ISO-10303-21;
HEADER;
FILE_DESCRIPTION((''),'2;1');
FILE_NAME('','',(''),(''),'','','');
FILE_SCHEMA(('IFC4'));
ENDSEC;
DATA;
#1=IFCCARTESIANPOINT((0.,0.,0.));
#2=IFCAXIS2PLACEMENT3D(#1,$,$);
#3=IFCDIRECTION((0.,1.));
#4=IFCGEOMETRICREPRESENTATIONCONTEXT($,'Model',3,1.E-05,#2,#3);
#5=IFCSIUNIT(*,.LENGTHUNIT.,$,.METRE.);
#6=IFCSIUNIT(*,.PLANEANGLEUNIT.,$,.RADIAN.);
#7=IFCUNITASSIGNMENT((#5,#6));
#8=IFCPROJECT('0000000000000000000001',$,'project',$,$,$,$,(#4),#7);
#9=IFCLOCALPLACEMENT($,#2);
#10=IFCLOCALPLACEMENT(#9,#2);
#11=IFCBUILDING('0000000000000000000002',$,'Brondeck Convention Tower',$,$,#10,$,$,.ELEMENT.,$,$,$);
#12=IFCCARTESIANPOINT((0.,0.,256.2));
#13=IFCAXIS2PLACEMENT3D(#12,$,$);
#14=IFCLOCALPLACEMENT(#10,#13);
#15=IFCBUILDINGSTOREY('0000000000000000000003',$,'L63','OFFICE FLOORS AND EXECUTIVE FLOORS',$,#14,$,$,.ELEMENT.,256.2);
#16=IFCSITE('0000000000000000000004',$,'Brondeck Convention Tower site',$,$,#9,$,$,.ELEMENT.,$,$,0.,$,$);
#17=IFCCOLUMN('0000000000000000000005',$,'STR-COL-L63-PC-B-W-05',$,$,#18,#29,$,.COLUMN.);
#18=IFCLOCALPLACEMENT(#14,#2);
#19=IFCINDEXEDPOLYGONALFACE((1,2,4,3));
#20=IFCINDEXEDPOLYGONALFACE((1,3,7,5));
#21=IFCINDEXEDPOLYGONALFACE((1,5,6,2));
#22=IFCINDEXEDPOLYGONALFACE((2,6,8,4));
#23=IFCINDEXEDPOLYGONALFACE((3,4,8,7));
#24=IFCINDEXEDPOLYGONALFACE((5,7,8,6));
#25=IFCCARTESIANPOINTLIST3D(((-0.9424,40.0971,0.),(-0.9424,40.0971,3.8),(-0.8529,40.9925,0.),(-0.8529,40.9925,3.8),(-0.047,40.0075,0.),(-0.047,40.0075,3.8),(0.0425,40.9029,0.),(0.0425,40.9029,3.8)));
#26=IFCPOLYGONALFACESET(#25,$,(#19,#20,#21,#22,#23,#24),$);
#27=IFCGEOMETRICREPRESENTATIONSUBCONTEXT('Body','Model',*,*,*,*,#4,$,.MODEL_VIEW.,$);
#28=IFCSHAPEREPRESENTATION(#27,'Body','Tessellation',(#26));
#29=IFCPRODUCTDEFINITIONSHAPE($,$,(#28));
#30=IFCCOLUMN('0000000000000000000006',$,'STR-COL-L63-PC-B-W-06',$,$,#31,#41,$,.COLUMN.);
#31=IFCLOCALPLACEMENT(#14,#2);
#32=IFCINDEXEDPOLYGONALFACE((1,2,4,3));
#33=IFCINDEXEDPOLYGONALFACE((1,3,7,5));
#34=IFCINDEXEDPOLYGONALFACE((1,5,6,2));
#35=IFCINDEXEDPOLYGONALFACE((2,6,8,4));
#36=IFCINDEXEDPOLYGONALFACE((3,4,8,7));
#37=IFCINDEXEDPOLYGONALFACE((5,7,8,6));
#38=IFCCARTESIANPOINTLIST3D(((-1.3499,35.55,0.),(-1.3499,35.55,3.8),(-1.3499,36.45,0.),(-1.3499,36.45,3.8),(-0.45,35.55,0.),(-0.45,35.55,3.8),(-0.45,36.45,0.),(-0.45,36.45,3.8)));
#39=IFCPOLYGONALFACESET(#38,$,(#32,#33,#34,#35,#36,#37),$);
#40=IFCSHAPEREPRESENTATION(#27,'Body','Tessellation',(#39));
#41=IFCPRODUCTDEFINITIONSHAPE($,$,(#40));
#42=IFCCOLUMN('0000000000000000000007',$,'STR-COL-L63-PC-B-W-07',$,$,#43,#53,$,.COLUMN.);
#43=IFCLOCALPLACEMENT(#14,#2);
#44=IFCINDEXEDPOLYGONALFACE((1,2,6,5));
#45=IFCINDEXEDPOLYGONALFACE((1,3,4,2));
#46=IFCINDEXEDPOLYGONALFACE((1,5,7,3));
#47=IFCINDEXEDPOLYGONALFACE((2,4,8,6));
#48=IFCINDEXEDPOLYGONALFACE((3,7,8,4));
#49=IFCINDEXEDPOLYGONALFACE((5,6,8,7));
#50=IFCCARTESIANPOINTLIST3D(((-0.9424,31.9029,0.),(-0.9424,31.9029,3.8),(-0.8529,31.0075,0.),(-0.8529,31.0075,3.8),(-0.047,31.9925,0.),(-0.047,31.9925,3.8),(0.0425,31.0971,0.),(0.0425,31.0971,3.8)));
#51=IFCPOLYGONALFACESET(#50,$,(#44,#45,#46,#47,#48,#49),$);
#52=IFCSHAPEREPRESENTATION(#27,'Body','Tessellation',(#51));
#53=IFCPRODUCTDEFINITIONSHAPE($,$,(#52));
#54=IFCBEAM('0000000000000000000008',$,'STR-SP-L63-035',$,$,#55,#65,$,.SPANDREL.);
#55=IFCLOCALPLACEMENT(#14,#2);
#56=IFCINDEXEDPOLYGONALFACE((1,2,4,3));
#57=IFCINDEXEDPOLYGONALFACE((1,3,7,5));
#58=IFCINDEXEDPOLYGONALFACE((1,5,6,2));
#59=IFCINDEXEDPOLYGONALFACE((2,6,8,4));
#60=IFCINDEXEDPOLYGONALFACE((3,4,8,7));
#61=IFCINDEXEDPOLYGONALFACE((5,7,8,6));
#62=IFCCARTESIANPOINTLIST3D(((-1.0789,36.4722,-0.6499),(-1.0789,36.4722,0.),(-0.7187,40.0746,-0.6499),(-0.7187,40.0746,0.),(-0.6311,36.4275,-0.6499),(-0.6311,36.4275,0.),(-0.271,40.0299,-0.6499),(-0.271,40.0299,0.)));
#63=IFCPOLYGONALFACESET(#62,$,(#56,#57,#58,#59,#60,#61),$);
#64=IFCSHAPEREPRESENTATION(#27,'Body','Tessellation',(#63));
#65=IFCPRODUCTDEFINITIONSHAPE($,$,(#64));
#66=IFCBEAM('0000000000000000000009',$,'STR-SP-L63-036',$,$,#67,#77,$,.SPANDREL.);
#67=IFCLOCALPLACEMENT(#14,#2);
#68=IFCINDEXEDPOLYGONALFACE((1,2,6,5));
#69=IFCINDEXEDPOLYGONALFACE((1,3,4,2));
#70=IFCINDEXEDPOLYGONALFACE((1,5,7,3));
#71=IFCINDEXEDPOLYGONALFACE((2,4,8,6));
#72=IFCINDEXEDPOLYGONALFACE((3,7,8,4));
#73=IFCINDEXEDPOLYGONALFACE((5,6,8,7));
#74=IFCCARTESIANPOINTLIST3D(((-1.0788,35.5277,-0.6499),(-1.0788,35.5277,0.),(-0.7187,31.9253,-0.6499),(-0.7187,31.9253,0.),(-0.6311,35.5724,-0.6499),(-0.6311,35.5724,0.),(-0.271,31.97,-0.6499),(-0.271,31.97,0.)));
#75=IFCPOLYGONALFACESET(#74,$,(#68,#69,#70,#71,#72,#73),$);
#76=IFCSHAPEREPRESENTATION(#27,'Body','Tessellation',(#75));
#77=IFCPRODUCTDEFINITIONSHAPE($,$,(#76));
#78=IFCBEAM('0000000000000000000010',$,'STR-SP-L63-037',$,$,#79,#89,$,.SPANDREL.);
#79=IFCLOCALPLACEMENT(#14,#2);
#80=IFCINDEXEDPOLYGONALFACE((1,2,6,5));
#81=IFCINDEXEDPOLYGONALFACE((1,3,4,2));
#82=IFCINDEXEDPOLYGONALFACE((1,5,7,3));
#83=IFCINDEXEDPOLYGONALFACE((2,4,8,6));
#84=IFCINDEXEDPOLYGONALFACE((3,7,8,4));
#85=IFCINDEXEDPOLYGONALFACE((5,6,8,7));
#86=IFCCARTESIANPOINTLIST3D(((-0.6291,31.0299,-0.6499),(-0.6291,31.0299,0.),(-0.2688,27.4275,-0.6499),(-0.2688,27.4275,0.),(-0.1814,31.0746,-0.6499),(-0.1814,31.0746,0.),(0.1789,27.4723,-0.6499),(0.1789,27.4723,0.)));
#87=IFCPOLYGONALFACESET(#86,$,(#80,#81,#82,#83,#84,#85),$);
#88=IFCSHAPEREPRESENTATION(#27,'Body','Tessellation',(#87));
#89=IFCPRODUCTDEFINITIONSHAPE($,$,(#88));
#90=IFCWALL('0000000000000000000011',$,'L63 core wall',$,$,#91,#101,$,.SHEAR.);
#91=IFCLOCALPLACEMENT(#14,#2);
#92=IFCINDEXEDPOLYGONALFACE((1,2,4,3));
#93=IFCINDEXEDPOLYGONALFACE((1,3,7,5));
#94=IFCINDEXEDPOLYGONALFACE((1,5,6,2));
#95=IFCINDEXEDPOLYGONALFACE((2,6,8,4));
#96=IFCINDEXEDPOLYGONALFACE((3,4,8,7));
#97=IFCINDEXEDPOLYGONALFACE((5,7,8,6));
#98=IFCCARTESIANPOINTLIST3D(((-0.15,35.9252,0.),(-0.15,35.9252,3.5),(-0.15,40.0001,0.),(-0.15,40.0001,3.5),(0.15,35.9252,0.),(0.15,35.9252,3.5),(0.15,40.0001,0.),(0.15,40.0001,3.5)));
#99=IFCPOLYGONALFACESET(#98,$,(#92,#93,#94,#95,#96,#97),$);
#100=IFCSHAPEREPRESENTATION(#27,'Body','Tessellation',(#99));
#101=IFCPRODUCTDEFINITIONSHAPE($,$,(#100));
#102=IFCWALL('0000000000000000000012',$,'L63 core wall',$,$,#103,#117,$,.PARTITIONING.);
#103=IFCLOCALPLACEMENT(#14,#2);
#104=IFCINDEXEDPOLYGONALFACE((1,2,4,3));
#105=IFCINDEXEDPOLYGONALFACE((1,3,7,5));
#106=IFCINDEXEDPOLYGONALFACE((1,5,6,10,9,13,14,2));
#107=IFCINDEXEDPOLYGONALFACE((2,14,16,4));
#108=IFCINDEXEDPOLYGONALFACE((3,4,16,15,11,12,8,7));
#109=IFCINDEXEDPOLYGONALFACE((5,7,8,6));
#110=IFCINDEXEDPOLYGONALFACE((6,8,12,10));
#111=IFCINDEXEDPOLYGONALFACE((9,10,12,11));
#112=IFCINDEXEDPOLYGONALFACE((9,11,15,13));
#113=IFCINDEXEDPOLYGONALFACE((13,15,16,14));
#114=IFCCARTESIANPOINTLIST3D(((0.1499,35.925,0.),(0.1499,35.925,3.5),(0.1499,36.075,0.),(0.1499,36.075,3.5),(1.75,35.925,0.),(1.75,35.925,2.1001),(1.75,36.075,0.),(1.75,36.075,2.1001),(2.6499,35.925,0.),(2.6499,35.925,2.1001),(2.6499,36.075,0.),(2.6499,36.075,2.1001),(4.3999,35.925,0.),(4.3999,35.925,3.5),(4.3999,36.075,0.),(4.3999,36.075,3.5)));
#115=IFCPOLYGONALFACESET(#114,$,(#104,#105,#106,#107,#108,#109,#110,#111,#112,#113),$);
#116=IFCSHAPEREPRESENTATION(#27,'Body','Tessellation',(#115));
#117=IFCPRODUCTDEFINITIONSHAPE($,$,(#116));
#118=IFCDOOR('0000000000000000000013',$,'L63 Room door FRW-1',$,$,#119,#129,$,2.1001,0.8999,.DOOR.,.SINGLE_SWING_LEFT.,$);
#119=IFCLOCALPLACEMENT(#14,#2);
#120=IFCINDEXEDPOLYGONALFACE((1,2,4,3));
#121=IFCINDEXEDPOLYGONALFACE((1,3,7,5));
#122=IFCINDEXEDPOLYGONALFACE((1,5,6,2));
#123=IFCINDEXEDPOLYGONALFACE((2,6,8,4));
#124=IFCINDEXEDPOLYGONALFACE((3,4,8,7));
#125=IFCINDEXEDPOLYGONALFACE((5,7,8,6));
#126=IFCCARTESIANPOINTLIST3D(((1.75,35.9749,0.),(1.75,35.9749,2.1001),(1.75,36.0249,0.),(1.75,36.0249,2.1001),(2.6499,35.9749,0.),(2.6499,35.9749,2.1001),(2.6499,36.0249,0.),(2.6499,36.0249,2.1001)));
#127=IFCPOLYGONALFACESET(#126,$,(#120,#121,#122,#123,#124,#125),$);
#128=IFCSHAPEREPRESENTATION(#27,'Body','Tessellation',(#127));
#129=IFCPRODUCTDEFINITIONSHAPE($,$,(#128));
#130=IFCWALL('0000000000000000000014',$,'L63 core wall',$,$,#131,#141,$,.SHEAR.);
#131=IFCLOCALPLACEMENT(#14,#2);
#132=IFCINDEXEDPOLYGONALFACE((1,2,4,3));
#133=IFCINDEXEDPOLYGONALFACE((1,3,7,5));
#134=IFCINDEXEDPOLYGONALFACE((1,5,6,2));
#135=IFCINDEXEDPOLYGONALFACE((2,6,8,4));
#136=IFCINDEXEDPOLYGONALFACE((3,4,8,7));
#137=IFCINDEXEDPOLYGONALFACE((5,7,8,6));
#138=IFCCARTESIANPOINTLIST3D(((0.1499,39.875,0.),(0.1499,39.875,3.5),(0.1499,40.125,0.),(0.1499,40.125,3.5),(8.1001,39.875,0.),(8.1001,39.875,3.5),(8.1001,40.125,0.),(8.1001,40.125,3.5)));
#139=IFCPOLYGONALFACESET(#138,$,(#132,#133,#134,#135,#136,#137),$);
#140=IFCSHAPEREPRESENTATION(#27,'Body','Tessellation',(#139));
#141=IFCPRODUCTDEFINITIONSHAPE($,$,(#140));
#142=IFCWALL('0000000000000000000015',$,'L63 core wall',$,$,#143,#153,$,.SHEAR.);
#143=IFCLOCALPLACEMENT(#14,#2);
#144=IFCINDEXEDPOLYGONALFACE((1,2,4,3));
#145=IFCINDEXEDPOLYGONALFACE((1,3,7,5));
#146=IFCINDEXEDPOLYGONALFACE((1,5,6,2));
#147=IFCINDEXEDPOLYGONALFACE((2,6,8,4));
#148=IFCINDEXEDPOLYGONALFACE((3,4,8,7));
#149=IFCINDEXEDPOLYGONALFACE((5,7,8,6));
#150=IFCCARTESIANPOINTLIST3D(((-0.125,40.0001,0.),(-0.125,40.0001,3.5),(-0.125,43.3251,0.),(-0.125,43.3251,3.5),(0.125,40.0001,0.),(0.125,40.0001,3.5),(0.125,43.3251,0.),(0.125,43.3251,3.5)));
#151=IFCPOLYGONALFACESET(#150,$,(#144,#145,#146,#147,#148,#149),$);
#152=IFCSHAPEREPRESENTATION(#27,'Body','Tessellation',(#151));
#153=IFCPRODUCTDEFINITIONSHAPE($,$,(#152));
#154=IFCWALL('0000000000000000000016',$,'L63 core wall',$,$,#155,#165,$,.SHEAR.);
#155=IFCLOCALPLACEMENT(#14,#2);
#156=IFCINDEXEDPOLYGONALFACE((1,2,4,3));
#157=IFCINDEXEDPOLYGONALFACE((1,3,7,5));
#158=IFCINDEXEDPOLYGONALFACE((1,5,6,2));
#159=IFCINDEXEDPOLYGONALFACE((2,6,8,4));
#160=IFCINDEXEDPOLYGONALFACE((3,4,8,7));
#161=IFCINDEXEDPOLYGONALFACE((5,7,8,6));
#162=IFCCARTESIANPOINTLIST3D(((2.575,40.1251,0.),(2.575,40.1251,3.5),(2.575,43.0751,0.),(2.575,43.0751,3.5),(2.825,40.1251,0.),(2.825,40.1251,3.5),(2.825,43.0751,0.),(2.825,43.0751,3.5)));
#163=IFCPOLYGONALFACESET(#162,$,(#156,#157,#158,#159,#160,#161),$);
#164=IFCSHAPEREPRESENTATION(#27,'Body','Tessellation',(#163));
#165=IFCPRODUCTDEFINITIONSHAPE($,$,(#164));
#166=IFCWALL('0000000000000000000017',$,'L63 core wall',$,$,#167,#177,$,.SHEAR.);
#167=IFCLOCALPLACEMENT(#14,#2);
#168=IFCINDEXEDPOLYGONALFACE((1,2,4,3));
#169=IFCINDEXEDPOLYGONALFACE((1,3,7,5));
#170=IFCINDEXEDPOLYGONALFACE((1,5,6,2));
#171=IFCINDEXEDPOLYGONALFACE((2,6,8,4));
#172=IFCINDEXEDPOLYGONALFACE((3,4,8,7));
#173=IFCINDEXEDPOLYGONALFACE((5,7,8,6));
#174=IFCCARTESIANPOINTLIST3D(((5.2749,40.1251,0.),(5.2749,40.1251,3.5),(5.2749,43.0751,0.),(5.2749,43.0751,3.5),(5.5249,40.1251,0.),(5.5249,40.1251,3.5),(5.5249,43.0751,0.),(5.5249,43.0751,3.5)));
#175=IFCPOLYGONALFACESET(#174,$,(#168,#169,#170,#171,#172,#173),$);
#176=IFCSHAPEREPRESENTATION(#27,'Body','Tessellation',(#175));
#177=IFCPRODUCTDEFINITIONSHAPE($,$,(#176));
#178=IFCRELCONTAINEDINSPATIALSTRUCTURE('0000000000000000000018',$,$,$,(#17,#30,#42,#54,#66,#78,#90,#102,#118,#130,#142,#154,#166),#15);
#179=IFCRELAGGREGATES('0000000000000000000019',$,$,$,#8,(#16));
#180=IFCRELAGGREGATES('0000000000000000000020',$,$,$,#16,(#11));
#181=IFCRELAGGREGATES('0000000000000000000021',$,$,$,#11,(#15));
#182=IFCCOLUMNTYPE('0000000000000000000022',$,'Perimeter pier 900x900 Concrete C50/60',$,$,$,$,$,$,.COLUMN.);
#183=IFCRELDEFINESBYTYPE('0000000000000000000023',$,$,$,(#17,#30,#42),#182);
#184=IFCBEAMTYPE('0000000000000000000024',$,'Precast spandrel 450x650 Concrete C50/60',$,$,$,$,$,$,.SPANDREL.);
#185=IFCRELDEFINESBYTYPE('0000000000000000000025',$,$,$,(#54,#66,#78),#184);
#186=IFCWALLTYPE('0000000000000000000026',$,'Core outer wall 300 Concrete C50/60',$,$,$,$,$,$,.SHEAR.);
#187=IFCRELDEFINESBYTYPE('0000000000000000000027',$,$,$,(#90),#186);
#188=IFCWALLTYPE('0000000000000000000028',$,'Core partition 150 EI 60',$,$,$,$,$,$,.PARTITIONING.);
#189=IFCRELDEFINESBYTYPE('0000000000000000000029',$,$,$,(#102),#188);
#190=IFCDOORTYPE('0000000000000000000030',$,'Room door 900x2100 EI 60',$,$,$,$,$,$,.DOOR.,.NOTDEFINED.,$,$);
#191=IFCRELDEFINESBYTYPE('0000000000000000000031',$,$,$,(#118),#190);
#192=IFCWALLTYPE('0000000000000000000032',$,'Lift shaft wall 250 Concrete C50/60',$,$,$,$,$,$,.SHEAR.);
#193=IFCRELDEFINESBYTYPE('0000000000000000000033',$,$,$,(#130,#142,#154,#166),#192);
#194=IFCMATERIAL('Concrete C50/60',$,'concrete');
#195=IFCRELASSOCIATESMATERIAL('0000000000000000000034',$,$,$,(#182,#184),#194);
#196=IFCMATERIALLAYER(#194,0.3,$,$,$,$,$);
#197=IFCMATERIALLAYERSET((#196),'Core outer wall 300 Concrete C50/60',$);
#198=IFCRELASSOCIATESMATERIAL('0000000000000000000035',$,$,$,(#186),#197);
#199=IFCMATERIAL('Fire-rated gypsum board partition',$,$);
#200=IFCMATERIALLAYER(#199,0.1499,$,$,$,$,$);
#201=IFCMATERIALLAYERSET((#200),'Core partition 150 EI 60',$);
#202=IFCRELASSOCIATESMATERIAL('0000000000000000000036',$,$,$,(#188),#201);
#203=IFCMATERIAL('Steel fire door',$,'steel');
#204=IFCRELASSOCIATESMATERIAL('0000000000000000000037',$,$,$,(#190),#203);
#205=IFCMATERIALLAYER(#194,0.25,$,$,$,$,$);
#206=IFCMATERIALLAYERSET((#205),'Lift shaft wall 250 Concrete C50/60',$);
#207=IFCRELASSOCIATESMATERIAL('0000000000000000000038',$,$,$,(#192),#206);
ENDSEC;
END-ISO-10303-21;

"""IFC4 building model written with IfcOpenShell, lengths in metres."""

from ifc_helpers import new_model, si_unit, direction, frame, frame_2d, origin, origin_2d, place, context, subcontext, project, spatial, rectangle, extrude, material, layer, layer_set, material_profile, profile_set, type_object, element, fill, save


model = new_model("IFC4")

# Units and contexts
model_context = context("Model", 3, precision=1e-05, world=origin(), true_north=direction((0.0, 1.0)))
body_context = subcontext(model_context, "Body", "Model", "MODEL_VIEW")
ifc_project = project(units=[si_unit("LENGTHUNIT", "METRE"), si_unit("PLANEANGLEUNIT", "RADIAN")], contexts=[model_context])

# Site, building, storey
site_placement = place(None, origin())
site = spatial("IfcSite", under=ifc_project, at=site_placement, Name="Brondeck Convention Tower site", CompositionType="ELEMENT", RefElevation=0.0)
building_placement = place(site_placement, origin())
building = spatial("IfcBuilding", under=site, at=building_placement, Name="Brondeck Convention Tower", CompositionType="ELEMENT")
storey_placement = place(building_placement, frame((0.0, 0.0, 256.2)))
storey = spatial("IfcBuildingStorey", under=building, at=storey_placement, Name="L63", Description="OFFICE FLOORS AND EXECUTIVE FLOORS", CompositionType="ELEMENT", Elevation=256.2)

# Columns
ifc_material_1 = material(Name="Concrete C50/60", Category="concrete")
ifc_material_profile_1 = material_profile(ifc_material_1, rectangle(XDim=0.8999, YDim=0.8999, at=origin_2d()), Name="Perimeter pier 900x900 Concrete C50/60")
ifc_profile_set_1 = profile_set([ifc_material_profile_1], Name="Concrete C50/60")
column_type = type_object("IfcColumnType", Name="Perimeter pier 900x900 Concrete C50/60", PredefinedType="COLUMN", material=ifc_profile_set_1)
for number, where, z_axis, x_axis, name in (
    (1, (-0.45, 40.5, 0.0), (0.0, 0.0, 1.0), (-0.099504, -0.995037, 0.0), "STR-COL-L63-PC-B-W-05"),
    (2, (-0.8999, 36.0, 0.0), (0.0, 0.0, 1.0), (0.0, -1.0, 0.0), "STR-COL-L63-PC-B-W-06"),
    (3, (-0.45, 31.5, 0.0), (0.0, 0.0, 1.0), (0.099504, -0.995037, 0.0), "STR-COL-L63-PC-B-W-07"),
):
    element("IfcColumn", number, at=place(storey_placement, frame(where, z_axis=z_axis, x_axis=x_axis)), inside=storey, type_object=column_type, Name=name, PredefinedType="COLUMN", context=body_context, shape_type="SweptSolid", body=[
        extrude(rectangle(XDim=0.8999, YDim=0.8999, at=origin_2d()), origin(), (0.0, 0.0, 1.0), 3.8),
    ])

# Beams
ifc_material_profile_2 = material_profile(ifc_material_1, rectangle(XDim=0.45, YDim=0.6499, at=origin_2d()), Name="Precast spandrel 450x650 Concrete C50/60")
ifc_profile_set_2 = profile_set([ifc_material_profile_2], Name="Concrete C50/60")
beam_type = type_object("IfcBeamType", Name="Precast spandrel 450x650 Concrete C50/60", PredefinedType="SPANDREL", material=ifc_profile_set_2)
for number, where, z_axis, x_axis, name in (
    (4, (-0.4949, 40.0522, -0.325), (-0.09947, -0.995041, 0.0), (0.995041, -0.09947, 0.0), "STR-SP-L63-035"),
    (5, (-0.855, 35.55, -0.325), (0.09947, -0.995041, 0.0), (0.995041, 0.09947, 0.0), "STR-SP-L63-036"),
    (6, (-0.4053, 31.0522, -0.325), (0.099537, -0.995034, 0.0), (0.995034, 0.099537, 0.0), "STR-SP-L63-037"),
):
    element("IfcBeam", number, at=place(storey_placement, frame(where, z_axis=z_axis, x_axis=x_axis)), inside=storey, type_object=beam_type, Name=name, PredefinedType="SPANDREL", context=body_context, shape_type="SweptSolid", body=[
        extrude(rectangle(XDim=0.45, YDim=0.6499, at=origin_2d()), origin(), (0.0, 0.0, 1.0), 3.6204),
    ])

# Wall
ifc_layer_1 = layer(ifc_material_1, 0.3)
ifc_layer_set_1 = layer_set([ifc_layer_1], Name="Core outer wall 300 Concrete C50/60")
wall_type_1 = type_object("IfcWallType", Name="Core outer wall 300 Concrete C50/60", PredefinedType="SHEAR", material=ifc_layer_set_1)
wall_1_placement = place(storey_placement, frame((0.0, 35.925, 0.0), z_axis=(0.0, 0.0, 1.0), x_axis=(0.0, 1.0, 0.0)))
element("IfcWall", 7, at=wall_1_placement, inside=storey, type_object=wall_type_1, Name="L63 core wall", PredefinedType="SHEAR", context=body_context, shape_type="SweptSolid", body=[
    extrude(rectangle(XDim=4.075, YDim=0.3, at=frame_2d((2.0376, 0.0))), origin(), (0.0, 0.0, 1.0), 3.5),
])

# Wall, opening, door
ifc_material_2 = material(Name="Fire-rated gypsum board partition")
ifc_layer_2 = layer(ifc_material_2, 0.1499)
ifc_layer_set_2 = layer_set([ifc_layer_2], Name="Core partition 150 EI 60")
wall_type_2 = type_object("IfcWallType", Name="Core partition 150 EI 60", PredefinedType="PARTITIONING", material=ifc_layer_set_2)
wall_2_placement = place(storey_placement, frame((0.1499, 36.0, 0.0), z_axis=(0.0, 0.0, 1.0), x_axis=(1.0, 0.0, 0.0)))
wall_2 = element("IfcWall", 8, at=wall_2_placement, inside=storey, type_object=wall_type_2, Name="L63 core wall", PredefinedType="PARTITIONING", context=body_context, shape_type="SweptSolid", body=[
    extrude(rectangle(XDim=4.25, YDim=0.1499, at=frame_2d((2.125, 0.0))), origin(), (0.0, 0.0, 1.0), 3.5),
])
opening_1_placement = place(wall_2_placement, frame((1.6001, 0.0, 0.0)))
opening_1 = element("IfcOpeningElement", 9, at=opening_1_placement, cuts=wall_2, PredefinedType="OPENING", context=body_context, shape_type="SweptSolid", body=[
    extrude(rectangle(XDim=0.8999, YDim=2.1001, at=frame_2d((0.45, 1.05))), frame((0.0, 0.085, 0.0), z_axis=(0.0, -1.0, 0.0), x_axis=(1.0, 0.0, 0.0)), (0.0, 0.0, 1.0), 0.1699),
])
ifc_material_3 = material(Name="Steel fire door", Category="steel")
door_type_1 = type_object("IfcDoorType", Name="Room door 900x2100 EI 60", OperationType="NOTDEFINED", PredefinedType="DOOR", material=ifc_material_3)
door_1_placement = place(opening_1_placement, origin())
door_1 = element("IfcDoor", 10, at=door_1_placement, inside=storey, type_object=door_type_1, Name="L63 Room door FRW-1", OperationType="SINGLE_SWING_LEFT", OverallHeight=2.1001, OverallWidth=0.8999, PredefinedType="DOOR", context=body_context, shape_type="SweptSolid", body=[
    extrude(rectangle(XDim=0.8999, YDim=2.1001, at=frame_2d((0.45, 1.05))), frame((0.0, 0.0249, 0.0), z_axis=(0.0, -1.0, 0.0), x_axis=(1.0, 0.0, 0.0)), (0.0, 0.0, 1.0), 0.05),
])
fill(opening_1, door_1)

# Walls
ifc_layer_3 = layer(ifc_material_1, 0.25)
ifc_layer_set_3 = layer_set([ifc_layer_3], Name="Lift shaft wall 250 Concrete C50/60")
wall_type_3 = type_object("IfcWallType", Name="Lift shaft wall 250 Concrete C50/60", PredefinedType="SHEAR", material=ifc_layer_set_3)
wall_3_placement = place(storey_placement, frame((0.1499, 40.0, 0.0), z_axis=(0.0, 0.0, 1.0), x_axis=(1.0, 0.0, 0.0)))
element("IfcWall", 11, at=wall_3_placement, inside=storey, type_object=wall_type_3, Name="L63 core wall", PredefinedType="SHEAR", context=body_context, shape_type="SweptSolid", body=[
    extrude(rectangle(XDim=7.9502, YDim=0.25, at=frame_2d((3.9751, 0.0))), origin(), (0.0, 0.0, 1.0), 3.5),
])
wall_4_placement = place(storey_placement, frame((0.0, 40.0, 0.0), z_axis=(0.0, 0.0, 1.0), x_axis=(0.0, 1.0, 0.0)))
element("IfcWall", 12, at=wall_4_placement, inside=storey, type_object=wall_type_3, Name="L63 core wall", PredefinedType="SHEAR", context=body_context, shape_type="SweptSolid", body=[
    extrude(rectangle(XDim=3.325, YDim=0.25, at=frame_2d((1.6626, 0.0))), origin(), (0.0, 0.0, 1.0), 3.5),
])
for number, where, z_axis, x_axis, name in (
    (13, (2.7, 40.125, 0.0), (0.0, 0.0, 1.0), (0.0, 1.0, 0.0), "L63 core wall"),
    (14, (5.3999, 40.125, 0.0), (0.0, 0.0, 1.0), (0.0, 1.0, 0.0), "L63 core wall"),
):
    element("IfcWall", number, at=place(storey_placement, frame(where, z_axis=z_axis, x_axis=x_axis)), inside=storey, type_object=wall_type_3, Name=name, PredefinedType="SHEAR", context=body_context, shape_type="SweptSolid", body=[
        extrude(rectangle(XDim=2.95, YDim=0.25, at=frame_2d((1.4751, 0.0))), origin(), (0.0, 0.0, 1.0), 3.5),
    ])

save(model, "model.ifc")
